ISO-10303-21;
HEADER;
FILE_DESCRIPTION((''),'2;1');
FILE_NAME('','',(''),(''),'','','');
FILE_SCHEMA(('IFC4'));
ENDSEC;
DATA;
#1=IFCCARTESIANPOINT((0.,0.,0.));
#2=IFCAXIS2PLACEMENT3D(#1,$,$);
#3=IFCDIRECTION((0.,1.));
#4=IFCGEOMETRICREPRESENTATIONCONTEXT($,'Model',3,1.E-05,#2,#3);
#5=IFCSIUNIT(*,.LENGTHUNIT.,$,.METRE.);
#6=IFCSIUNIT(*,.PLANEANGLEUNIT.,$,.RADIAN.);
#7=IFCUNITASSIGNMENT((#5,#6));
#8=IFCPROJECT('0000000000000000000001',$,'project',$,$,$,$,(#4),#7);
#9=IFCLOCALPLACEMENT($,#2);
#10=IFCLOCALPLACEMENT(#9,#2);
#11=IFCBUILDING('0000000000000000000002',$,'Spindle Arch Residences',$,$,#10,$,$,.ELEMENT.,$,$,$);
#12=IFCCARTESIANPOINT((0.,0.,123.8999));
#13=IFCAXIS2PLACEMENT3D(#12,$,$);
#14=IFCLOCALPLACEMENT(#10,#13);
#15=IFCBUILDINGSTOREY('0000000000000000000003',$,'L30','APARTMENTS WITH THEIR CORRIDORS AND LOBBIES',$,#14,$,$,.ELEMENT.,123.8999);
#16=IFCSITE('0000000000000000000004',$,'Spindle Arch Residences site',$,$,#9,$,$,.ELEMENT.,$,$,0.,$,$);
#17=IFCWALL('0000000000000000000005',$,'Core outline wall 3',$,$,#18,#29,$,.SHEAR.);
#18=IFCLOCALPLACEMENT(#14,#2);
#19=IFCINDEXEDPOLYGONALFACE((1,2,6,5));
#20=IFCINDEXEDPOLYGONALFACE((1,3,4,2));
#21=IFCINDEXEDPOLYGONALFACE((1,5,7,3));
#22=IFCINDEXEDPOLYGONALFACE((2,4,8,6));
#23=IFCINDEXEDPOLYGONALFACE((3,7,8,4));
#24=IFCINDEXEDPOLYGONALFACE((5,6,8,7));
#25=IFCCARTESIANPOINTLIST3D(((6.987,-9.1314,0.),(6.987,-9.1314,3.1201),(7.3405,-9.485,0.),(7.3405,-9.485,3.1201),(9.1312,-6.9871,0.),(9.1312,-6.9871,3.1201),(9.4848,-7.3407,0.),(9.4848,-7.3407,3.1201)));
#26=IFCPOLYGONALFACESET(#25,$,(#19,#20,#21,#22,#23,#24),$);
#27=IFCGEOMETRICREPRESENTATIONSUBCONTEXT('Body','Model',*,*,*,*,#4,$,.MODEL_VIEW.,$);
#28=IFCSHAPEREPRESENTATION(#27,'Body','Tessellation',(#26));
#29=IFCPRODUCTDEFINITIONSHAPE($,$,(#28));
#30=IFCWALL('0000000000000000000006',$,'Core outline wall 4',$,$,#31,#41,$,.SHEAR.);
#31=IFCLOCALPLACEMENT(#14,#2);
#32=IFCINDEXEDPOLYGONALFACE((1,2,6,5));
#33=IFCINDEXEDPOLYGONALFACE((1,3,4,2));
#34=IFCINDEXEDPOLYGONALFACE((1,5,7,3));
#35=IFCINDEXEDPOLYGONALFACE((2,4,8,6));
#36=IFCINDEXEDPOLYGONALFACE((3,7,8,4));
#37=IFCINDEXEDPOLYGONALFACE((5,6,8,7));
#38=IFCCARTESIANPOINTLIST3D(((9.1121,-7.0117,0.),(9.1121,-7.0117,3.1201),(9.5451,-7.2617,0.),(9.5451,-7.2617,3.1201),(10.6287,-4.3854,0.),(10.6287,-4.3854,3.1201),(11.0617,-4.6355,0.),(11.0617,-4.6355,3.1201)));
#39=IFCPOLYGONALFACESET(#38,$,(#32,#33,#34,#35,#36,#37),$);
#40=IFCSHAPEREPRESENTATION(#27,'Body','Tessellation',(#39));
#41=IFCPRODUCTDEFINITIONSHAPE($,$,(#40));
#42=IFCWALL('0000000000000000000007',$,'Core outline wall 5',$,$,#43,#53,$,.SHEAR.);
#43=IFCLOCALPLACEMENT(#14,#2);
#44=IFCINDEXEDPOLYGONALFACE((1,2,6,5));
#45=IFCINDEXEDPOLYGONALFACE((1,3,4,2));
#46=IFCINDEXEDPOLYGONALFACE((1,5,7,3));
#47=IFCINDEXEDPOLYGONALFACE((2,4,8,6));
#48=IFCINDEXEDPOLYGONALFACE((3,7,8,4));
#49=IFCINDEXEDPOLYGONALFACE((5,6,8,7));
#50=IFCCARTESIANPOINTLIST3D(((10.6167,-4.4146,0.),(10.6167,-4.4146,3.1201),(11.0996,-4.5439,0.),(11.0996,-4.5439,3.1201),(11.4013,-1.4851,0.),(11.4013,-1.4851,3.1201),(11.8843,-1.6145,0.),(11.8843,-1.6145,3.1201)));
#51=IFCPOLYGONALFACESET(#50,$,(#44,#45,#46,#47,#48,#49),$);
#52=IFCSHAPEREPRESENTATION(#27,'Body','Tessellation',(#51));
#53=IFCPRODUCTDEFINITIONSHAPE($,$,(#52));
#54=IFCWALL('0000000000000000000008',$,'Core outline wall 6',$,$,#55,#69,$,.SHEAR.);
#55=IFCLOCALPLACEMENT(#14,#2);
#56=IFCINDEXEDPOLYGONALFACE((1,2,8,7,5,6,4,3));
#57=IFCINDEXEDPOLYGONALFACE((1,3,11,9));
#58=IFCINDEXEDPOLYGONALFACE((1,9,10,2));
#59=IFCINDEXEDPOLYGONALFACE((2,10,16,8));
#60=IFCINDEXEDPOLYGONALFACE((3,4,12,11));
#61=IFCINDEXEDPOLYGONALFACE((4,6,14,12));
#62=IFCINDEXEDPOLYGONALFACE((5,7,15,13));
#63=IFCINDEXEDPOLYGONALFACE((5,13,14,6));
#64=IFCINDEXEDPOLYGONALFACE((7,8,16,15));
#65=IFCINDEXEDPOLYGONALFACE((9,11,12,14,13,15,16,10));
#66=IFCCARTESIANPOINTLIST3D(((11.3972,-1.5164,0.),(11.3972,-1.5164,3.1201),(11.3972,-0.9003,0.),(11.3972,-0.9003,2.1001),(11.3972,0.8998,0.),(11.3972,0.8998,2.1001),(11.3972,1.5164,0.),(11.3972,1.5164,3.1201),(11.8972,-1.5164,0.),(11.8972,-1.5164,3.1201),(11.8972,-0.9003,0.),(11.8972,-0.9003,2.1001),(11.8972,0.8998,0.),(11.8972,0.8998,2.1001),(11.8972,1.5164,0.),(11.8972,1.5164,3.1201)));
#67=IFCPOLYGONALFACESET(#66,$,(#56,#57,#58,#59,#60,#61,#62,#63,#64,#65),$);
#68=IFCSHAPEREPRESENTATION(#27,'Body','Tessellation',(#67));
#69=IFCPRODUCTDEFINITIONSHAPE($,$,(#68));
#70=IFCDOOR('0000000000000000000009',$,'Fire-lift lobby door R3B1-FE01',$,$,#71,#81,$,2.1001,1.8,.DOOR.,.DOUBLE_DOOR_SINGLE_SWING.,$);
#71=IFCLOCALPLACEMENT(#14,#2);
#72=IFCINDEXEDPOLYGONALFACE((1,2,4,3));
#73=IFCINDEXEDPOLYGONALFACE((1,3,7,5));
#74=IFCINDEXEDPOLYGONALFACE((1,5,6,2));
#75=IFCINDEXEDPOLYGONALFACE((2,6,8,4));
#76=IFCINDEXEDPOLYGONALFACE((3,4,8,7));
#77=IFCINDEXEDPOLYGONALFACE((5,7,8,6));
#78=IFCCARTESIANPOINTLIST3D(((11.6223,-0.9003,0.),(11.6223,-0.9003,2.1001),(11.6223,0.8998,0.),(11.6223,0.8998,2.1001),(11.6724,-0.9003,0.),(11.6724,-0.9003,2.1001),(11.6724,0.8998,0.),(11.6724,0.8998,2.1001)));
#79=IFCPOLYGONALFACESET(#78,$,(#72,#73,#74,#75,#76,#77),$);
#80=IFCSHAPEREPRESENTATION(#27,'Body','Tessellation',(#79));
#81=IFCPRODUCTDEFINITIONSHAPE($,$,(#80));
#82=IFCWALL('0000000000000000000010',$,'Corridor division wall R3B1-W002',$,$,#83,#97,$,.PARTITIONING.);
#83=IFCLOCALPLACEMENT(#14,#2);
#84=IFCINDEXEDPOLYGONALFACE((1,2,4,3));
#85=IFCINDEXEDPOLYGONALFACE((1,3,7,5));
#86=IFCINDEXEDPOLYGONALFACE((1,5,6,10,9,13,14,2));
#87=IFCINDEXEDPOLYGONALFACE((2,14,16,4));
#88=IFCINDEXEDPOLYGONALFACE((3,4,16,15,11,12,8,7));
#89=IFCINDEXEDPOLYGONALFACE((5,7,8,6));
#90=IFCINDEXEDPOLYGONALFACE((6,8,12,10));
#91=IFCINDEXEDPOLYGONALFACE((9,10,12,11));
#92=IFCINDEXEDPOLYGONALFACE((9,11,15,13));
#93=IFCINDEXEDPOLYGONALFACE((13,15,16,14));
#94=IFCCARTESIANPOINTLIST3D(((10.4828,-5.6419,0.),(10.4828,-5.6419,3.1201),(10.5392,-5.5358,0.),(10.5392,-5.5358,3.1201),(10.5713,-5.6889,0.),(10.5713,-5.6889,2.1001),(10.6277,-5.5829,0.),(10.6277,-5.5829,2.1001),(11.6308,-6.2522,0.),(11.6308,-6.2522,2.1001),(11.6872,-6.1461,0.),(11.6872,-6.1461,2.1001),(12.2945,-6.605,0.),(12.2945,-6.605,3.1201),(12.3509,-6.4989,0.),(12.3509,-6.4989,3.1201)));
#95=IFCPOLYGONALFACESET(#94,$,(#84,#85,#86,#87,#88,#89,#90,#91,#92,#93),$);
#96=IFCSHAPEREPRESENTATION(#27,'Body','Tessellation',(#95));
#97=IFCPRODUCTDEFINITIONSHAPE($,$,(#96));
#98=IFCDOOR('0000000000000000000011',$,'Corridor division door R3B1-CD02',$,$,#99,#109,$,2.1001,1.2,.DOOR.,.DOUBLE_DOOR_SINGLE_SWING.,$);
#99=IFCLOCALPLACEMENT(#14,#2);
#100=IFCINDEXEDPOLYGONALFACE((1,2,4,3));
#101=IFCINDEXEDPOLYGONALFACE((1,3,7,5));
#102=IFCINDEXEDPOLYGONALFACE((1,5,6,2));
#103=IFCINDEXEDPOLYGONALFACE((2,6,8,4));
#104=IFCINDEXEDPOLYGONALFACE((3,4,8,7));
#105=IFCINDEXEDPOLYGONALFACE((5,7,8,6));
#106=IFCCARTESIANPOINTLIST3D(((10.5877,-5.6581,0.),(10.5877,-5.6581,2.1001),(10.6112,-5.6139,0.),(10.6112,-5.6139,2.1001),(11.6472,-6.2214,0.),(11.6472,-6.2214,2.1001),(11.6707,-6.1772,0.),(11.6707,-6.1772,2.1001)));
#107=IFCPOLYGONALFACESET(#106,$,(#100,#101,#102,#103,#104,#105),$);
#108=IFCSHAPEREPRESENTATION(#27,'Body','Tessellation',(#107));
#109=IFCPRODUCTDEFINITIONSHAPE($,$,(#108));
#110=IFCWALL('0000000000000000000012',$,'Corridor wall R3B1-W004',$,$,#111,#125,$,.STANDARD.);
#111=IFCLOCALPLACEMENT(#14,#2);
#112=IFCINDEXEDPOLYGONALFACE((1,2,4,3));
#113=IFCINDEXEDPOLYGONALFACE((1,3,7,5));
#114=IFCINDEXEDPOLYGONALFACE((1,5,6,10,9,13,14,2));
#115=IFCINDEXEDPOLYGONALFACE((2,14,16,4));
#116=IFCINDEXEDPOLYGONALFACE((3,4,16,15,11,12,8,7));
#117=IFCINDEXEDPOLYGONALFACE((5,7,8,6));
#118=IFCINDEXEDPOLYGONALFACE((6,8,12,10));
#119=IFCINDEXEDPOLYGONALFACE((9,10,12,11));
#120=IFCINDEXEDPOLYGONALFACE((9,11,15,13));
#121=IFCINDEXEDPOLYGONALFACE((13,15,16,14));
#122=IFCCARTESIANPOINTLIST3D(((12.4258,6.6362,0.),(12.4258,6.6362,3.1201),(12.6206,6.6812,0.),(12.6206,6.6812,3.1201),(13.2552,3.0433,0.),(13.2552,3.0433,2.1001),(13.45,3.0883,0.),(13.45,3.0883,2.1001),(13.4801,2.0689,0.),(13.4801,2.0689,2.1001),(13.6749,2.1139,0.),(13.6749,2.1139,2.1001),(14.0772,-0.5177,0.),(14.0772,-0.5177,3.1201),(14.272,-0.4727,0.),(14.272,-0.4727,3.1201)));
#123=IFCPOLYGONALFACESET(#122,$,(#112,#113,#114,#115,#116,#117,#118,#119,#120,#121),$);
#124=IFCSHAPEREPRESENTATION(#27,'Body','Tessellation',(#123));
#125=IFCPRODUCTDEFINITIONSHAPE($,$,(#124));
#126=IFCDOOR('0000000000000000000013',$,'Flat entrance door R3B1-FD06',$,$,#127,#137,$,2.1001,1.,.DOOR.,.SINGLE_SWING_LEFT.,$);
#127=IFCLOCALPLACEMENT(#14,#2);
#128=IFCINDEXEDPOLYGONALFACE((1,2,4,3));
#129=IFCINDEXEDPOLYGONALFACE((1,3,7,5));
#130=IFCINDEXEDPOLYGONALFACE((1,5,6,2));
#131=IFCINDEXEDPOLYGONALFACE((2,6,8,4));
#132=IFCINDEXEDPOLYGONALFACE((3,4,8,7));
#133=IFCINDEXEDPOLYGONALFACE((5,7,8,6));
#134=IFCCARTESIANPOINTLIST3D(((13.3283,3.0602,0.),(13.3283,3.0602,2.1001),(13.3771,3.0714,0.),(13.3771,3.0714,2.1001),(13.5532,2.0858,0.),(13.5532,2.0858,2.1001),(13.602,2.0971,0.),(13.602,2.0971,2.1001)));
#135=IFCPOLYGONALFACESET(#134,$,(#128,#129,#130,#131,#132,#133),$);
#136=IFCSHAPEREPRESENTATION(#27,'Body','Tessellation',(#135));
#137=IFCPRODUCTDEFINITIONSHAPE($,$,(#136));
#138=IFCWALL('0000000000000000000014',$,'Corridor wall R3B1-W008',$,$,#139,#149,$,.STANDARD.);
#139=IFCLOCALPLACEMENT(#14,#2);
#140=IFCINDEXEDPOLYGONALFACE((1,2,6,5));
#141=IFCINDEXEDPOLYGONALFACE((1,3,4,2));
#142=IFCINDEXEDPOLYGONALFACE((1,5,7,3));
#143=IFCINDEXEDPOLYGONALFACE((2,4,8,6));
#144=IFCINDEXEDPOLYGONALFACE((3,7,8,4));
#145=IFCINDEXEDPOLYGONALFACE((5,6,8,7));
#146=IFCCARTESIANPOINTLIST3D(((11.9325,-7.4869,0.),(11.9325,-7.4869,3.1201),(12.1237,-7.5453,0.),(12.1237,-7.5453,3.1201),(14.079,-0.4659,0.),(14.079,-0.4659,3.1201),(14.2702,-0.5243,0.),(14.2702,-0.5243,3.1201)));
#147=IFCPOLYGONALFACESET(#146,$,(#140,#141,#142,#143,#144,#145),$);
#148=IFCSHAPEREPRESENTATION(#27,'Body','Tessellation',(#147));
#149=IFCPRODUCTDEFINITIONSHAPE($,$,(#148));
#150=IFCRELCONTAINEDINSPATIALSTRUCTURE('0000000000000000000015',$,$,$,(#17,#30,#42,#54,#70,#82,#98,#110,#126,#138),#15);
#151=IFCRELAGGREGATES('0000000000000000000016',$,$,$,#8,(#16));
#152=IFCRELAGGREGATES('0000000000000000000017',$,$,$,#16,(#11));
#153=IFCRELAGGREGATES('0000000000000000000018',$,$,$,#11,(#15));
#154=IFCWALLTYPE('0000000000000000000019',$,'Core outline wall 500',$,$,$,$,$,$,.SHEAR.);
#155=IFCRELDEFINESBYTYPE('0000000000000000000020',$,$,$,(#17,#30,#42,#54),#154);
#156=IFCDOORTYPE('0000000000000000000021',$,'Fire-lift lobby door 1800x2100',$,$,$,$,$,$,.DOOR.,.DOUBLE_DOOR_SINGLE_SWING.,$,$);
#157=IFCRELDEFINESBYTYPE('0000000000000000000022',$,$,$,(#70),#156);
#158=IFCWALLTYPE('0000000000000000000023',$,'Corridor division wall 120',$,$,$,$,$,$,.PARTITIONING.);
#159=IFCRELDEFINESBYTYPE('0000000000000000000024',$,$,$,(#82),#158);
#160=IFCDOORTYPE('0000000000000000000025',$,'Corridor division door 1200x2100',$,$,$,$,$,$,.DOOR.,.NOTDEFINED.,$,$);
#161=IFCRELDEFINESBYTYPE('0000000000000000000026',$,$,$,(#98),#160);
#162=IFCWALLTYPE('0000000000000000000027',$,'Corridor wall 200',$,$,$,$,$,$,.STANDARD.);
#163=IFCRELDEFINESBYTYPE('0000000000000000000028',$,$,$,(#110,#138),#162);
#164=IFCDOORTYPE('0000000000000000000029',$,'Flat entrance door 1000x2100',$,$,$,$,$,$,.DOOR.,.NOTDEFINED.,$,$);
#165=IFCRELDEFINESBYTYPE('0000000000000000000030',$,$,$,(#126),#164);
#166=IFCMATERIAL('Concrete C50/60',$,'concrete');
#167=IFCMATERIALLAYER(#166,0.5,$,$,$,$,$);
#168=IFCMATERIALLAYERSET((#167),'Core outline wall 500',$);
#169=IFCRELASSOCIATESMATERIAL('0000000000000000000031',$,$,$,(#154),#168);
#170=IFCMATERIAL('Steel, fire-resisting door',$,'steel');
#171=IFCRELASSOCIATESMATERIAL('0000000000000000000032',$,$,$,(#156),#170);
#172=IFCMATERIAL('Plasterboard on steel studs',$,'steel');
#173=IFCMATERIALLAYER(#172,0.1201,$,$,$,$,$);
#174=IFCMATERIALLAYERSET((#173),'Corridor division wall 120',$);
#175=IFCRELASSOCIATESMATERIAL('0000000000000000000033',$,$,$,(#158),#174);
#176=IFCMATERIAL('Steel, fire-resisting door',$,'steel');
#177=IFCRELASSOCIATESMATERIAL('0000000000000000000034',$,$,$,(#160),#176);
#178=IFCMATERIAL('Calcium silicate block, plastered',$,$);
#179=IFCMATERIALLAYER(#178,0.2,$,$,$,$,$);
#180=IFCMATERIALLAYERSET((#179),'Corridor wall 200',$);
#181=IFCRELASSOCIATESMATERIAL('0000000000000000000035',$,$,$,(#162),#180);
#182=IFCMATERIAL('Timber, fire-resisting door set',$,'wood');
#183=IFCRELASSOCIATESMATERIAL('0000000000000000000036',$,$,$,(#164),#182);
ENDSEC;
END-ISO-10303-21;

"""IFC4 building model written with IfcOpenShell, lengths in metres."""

from ifc_helpers import new_model, si_unit, direction, frame, frame_2d, origin, place, context, subcontext, project, spatial, rectangle, extrude, material, layer, layer_set, type_object, element, fill, save


model = new_model("IFC4")

# Units and contexts
model_context = context("Model", 3, precision=1e-05, world=origin(), true_north=direction((0.0, 1.0)))
body_context = subcontext(model_context, "Body", "Model", "MODEL_VIEW")
ifc_project = project(units=[si_unit("LENGTHUNIT", "METRE"), si_unit("PLANEANGLEUNIT", "RADIAN")], contexts=[model_context])

# Site, building, storey
site_placement = place(None, origin())
site = spatial("IfcSite", under=ifc_project, at=site_placement, Name="Spindle Arch Residences site", CompositionType="ELEMENT", RefElevation=0.0)
building_placement = place(site_placement, origin())
building = spatial("IfcBuilding", under=site, at=building_placement, Name="Spindle Arch Residences", CompositionType="ELEMENT")
storey_placement = place(building_placement, frame((0.0, 0.0, 123.8999)))
storey = spatial("IfcBuildingStorey", under=building, at=storey_placement, Name="L30", Description="APARTMENTS WITH THEIR CORRIDORS AND LOBBIES", CompositionType="ELEMENT", Elevation=123.8999)

# Walls
ifc_material_1 = material(Name="Concrete C50/60", Category="concrete")
ifc_layer_1 = layer(ifc_material_1, 0.5)
ifc_layer_set_1 = layer_set([ifc_layer_1], Name="Core outline wall 500")
wall_type_1 = type_object("IfcWallType", Name="Core outline wall 500", PredefinedType="SHEAR", material=ifc_layer_set_1)
wall_1_placement = place(storey_placement, frame((7.1638, -9.3081, 0.0), z_axis=(0.0, 0.0, 1.0), x_axis=(0.707107, 0.707107, 0.0)))
element("IfcWall", 1, at=wall_1_placement, inside=storey, type_object=wall_type_1, Name="Core outline wall 3", PredefinedType="SHEAR", context=body_context, shape_type="SweptSolid", body=[
    extrude(rectangle(XDim=3.0325, YDim=0.5, at=frame_2d((1.5161, 0.0))), origin(), (0.0, 0.0, 1.0), 3.1201),
])
for number, where, z_axis, x_axis, name in (
    (2, (9.3286, -7.1367, 0.0), (0.0, 0.0, 1.0), (0.500087, 0.865975, 0.0), "Core outline wall 4"),
    (3, (10.8582, -4.4792, 0.0), (0.0, 0.0, 1.0), (0.258735, 0.965948, 0.0), "Core outline wall 5"),
):
    element("IfcWall", number, at=place(storey_placement, frame(where, z_axis=z_axis, x_axis=x_axis)), inside=storey, type_object=wall_type_1, Name=name, PredefinedType="SHEAR", context=body_context, shape_type="SweptSolid", body=[
        extrude(rectangle(XDim=3.0327, YDim=0.5, at=frame_2d((1.5164, 0.0))), origin(), (0.0, 0.0, 1.0), 3.1201),
    ])

# Walls, openings, doors
wall_2_placement = place(storey_placement, frame((11.6472, -1.5164, 0.0), z_axis=(0.0, 0.0, 1.0), x_axis=(0.0, 1.0, 0.0)))
wall_2 = element("IfcWall", 4, at=wall_2_placement, inside=storey, type_object=wall_type_1, Name="Core outline wall 6", PredefinedType="SHEAR", context=body_context, shape_type="SweptSolid", body=[
    extrude(rectangle(XDim=3.0327, YDim=0.5, at=frame_2d((1.5164, 0.0))), origin(), (0.0, 0.0, 1.0), 3.1201),
])
opening_1_placement = place(wall_2_placement, frame((0.6162, 0.0, 0.0)))
opening_1 = element("IfcOpeningElement", 5, at=opening_1_placement, cuts=wall_2, PredefinedType="OPENING", context=body_context, shape_type="SweptSolid", body=[
    extrude(rectangle(XDim=1.8, YDim=2.1001, at=frame_2d((0.8999, 1.05))), frame((0.0, 0.26, 0.0), z_axis=(0.0, -1.0, 0.0), x_axis=(1.0, 0.0, 0.0)), (0.0, 0.0, 1.0), 0.52),
])
ifc_material_2 = material(Name="Steel, fire-resisting door", Category="steel")
door_type_1 = type_object("IfcDoorType", Name="Fire-lift lobby door 1800x2100", OperationType="DOUBLE_DOOR_SINGLE_SWING", PredefinedType="DOOR", material=ifc_material_2)
door_1_placement = place(opening_1_placement, origin())
door_1 = element("IfcDoor", 6, at=door_1_placement, inside=storey, type_object=door_type_1, Name="Fire-lift lobby door R3B1-FE01", OperationType="DOUBLE_DOOR_SINGLE_SWING", OverallHeight=2.1001, OverallWidth=1.8, PredefinedType="DOOR", context=body_context, shape_type="SweptSolid", body=[
    extrude(rectangle(XDim=1.8, YDim=2.1001, at=frame_2d((0.8999, 1.05))), frame((0.0, 0.0249, 0.0), z_axis=(0.0, -1.0, 0.0), x_axis=(1.0, 0.0, 0.0)), (0.0, 0.0, 1.0), 0.05),
])
fill(opening_1, door_1)
ifc_material_3 = material(Name="Plasterboard on steel studs", Category="steel")
ifc_layer_2 = layer(ifc_material_3, 0.1201)
ifc_layer_set_2 = layer_set([ifc_layer_2], Name="Corridor division wall 120")
wall_type_2 = type_object("IfcWallType", Name="Corridor division wall 120", PredefinedType="PARTITIONING", material=ifc_layer_set_2)
wall_3_placement = place(storey_placement, frame((10.511, -5.5889, 0.0), z_axis=(0.0, 0.0, 1.0), x_axis=(0.882988, -0.469396, 0.0)))
wall_3 = element("IfcWall", 7, at=wall_3_placement, inside=storey, type_object=wall_type_2, Name="Corridor division wall R3B1-W002", PredefinedType="PARTITIONING", context=body_context, shape_type="SweptSolid", body=[
    extrude(rectangle(XDim=2.0518, YDim=0.1201, at=frame_2d((1.0259, 0.0))), origin(), (0.0, 0.0, 1.0), 3.1201),
])
opening_2_placement = place(wall_3_placement, frame((0.1001, 0.0, 0.0)))
opening_2 = element("IfcOpeningElement", 8, at=opening_2_placement, cuts=wall_3, PredefinedType="OPENING", context=body_context, shape_type="SweptSolid", body=[
    extrude(rectangle(XDim=1.2, YDim=2.1001, at=frame_2d((0.6001, 1.05))), frame((0.0, 0.0701, 0.0), z_axis=(0.0, -1.0, 0.0), x_axis=(1.0, 0.0, 0.0)), (0.0, 0.0, 1.0), 0.1401),
])
ifc_material_4 = material(Name="Steel, fire-resisting door", Category="steel")
door_type_2 = type_object("IfcDoorType", Name="Corridor division door 1200x2100", OperationType="NOTDEFINED", PredefinedType="DOOR", material=ifc_material_4)
door_2_placement = place(opening_2_placement, origin())
door_2 = element("IfcDoor", 9, at=door_2_placement, inside=storey, type_object=door_type_2, Name="Corridor division door R3B1-CD02", OperationType="DOUBLE_DOOR_SINGLE_SWING", OverallHeight=2.1001, OverallWidth=1.2, PredefinedType="DOOR", context=body_context, shape_type="SweptSolid", body=[
    extrude(rectangle(XDim=1.2, YDim=2.1001, at=frame_2d((0.6001, 1.05))), frame((0.0, 0.0249, 0.0), z_axis=(0.0, -1.0, 0.0), x_axis=(1.0, 0.0, 0.0)), (0.0, 0.0, 1.0), 0.05),
])
fill(opening_2, door_2)
ifc_material_5 = material(Name="Calcium silicate block, plastered")
ifc_layer_3 = layer(ifc_material_5, 0.2)
ifc_layer_set_3 = layer_set([ifc_layer_3], Name="Corridor wall 200")
wall_type_3 = type_object("IfcWallType", Name="Corridor wall 200", PredefinedType="STANDARD", material=ifc_layer_set_3)
wall_4_placement = place(storey_placement, frame((14.1746, -0.4951, 0.0), z_axis=(0.0, 0.0, 1.0), x_axis=(-0.224923, 0.974377, 0.0)))
wall_4 = element("IfcWall", 10, at=wall_4_placement, inside=storey, type_object=wall_type_3, Name="Corridor wall R3B1-W004", PredefinedType="STANDARD", context=body_context, shape_type="SweptSolid", body=[
    extrude(rectangle(XDim=7.342, YDim=0.2, at=frame_2d((3.6709, 0.0))), origin(), (0.0, 0.0, 1.0), 3.1201),
])
opening_3_placement = place(wall_4_placement, frame((2.6545, 0.0, 0.0)))
opening_3 = element("IfcOpeningElement", 11, at=opening_3_placement, cuts=wall_4, PredefinedType="OPENING", context=body_context, shape_type="SweptSolid", body=[
    extrude(rectangle(XDim=1.0, YDim=2.1001, at=frame_2d((0.5, 1.05))), frame((0.0, 0.1099, 0.0), z_axis=(0.0, -1.0, 0.0), x_axis=(1.0, 0.0, 0.0)), (0.0, 0.0, 1.0), 0.22),
])
ifc_material_6 = material(Name="Timber, fire-resisting door set", Category="wood")
door_type_3 = type_object("IfcDoorType", Name="Flat entrance door 1000x2100", OperationType="NOTDEFINED", PredefinedType="DOOR", material=ifc_material_6)
door_3_placement = place(opening_3_placement, origin())
door_3 = element("IfcDoor", 12, at=door_3_placement, inside=storey, type_object=door_type_3, Name="Flat entrance door R3B1-FD06", OperationType="SINGLE_SWING_LEFT", OverallHeight=2.1001, OverallWidth=1.0, PredefinedType="DOOR", context=body_context, shape_type="SweptSolid", body=[
    extrude(rectangle(XDim=1.0, YDim=2.1001, at=frame_2d((0.5, 1.05))), frame((0.0, 0.0249, 0.0), z_axis=(0.0, -1.0, 0.0), x_axis=(1.0, 0.0, 0.0)), (0.0, 0.0, 1.0), 0.05),
])
fill(opening_3, door_3)

# Wall
wall_5_placement = place(storey_placement, frame((12.0281, -7.5161, 0.0), z_axis=(0.0, 0.0, 1.0), x_axis=(0.292366, 0.956307, 0.0)))
element("IfcWall", 13, at=wall_5_placement, inside=storey, type_object=wall_type_3, Name="Corridor wall R3B1-W008", PredefinedType="STANDARD", context=body_context, shape_type="SweptSolid", body=[
    extrude(rectangle(XDim=7.3418, YDim=0.2, at=frame_2d((3.6709, 0.0))), origin(), (0.0, 0.0, 1.0), 3.1201),
])

save(model, "model.ifc")
